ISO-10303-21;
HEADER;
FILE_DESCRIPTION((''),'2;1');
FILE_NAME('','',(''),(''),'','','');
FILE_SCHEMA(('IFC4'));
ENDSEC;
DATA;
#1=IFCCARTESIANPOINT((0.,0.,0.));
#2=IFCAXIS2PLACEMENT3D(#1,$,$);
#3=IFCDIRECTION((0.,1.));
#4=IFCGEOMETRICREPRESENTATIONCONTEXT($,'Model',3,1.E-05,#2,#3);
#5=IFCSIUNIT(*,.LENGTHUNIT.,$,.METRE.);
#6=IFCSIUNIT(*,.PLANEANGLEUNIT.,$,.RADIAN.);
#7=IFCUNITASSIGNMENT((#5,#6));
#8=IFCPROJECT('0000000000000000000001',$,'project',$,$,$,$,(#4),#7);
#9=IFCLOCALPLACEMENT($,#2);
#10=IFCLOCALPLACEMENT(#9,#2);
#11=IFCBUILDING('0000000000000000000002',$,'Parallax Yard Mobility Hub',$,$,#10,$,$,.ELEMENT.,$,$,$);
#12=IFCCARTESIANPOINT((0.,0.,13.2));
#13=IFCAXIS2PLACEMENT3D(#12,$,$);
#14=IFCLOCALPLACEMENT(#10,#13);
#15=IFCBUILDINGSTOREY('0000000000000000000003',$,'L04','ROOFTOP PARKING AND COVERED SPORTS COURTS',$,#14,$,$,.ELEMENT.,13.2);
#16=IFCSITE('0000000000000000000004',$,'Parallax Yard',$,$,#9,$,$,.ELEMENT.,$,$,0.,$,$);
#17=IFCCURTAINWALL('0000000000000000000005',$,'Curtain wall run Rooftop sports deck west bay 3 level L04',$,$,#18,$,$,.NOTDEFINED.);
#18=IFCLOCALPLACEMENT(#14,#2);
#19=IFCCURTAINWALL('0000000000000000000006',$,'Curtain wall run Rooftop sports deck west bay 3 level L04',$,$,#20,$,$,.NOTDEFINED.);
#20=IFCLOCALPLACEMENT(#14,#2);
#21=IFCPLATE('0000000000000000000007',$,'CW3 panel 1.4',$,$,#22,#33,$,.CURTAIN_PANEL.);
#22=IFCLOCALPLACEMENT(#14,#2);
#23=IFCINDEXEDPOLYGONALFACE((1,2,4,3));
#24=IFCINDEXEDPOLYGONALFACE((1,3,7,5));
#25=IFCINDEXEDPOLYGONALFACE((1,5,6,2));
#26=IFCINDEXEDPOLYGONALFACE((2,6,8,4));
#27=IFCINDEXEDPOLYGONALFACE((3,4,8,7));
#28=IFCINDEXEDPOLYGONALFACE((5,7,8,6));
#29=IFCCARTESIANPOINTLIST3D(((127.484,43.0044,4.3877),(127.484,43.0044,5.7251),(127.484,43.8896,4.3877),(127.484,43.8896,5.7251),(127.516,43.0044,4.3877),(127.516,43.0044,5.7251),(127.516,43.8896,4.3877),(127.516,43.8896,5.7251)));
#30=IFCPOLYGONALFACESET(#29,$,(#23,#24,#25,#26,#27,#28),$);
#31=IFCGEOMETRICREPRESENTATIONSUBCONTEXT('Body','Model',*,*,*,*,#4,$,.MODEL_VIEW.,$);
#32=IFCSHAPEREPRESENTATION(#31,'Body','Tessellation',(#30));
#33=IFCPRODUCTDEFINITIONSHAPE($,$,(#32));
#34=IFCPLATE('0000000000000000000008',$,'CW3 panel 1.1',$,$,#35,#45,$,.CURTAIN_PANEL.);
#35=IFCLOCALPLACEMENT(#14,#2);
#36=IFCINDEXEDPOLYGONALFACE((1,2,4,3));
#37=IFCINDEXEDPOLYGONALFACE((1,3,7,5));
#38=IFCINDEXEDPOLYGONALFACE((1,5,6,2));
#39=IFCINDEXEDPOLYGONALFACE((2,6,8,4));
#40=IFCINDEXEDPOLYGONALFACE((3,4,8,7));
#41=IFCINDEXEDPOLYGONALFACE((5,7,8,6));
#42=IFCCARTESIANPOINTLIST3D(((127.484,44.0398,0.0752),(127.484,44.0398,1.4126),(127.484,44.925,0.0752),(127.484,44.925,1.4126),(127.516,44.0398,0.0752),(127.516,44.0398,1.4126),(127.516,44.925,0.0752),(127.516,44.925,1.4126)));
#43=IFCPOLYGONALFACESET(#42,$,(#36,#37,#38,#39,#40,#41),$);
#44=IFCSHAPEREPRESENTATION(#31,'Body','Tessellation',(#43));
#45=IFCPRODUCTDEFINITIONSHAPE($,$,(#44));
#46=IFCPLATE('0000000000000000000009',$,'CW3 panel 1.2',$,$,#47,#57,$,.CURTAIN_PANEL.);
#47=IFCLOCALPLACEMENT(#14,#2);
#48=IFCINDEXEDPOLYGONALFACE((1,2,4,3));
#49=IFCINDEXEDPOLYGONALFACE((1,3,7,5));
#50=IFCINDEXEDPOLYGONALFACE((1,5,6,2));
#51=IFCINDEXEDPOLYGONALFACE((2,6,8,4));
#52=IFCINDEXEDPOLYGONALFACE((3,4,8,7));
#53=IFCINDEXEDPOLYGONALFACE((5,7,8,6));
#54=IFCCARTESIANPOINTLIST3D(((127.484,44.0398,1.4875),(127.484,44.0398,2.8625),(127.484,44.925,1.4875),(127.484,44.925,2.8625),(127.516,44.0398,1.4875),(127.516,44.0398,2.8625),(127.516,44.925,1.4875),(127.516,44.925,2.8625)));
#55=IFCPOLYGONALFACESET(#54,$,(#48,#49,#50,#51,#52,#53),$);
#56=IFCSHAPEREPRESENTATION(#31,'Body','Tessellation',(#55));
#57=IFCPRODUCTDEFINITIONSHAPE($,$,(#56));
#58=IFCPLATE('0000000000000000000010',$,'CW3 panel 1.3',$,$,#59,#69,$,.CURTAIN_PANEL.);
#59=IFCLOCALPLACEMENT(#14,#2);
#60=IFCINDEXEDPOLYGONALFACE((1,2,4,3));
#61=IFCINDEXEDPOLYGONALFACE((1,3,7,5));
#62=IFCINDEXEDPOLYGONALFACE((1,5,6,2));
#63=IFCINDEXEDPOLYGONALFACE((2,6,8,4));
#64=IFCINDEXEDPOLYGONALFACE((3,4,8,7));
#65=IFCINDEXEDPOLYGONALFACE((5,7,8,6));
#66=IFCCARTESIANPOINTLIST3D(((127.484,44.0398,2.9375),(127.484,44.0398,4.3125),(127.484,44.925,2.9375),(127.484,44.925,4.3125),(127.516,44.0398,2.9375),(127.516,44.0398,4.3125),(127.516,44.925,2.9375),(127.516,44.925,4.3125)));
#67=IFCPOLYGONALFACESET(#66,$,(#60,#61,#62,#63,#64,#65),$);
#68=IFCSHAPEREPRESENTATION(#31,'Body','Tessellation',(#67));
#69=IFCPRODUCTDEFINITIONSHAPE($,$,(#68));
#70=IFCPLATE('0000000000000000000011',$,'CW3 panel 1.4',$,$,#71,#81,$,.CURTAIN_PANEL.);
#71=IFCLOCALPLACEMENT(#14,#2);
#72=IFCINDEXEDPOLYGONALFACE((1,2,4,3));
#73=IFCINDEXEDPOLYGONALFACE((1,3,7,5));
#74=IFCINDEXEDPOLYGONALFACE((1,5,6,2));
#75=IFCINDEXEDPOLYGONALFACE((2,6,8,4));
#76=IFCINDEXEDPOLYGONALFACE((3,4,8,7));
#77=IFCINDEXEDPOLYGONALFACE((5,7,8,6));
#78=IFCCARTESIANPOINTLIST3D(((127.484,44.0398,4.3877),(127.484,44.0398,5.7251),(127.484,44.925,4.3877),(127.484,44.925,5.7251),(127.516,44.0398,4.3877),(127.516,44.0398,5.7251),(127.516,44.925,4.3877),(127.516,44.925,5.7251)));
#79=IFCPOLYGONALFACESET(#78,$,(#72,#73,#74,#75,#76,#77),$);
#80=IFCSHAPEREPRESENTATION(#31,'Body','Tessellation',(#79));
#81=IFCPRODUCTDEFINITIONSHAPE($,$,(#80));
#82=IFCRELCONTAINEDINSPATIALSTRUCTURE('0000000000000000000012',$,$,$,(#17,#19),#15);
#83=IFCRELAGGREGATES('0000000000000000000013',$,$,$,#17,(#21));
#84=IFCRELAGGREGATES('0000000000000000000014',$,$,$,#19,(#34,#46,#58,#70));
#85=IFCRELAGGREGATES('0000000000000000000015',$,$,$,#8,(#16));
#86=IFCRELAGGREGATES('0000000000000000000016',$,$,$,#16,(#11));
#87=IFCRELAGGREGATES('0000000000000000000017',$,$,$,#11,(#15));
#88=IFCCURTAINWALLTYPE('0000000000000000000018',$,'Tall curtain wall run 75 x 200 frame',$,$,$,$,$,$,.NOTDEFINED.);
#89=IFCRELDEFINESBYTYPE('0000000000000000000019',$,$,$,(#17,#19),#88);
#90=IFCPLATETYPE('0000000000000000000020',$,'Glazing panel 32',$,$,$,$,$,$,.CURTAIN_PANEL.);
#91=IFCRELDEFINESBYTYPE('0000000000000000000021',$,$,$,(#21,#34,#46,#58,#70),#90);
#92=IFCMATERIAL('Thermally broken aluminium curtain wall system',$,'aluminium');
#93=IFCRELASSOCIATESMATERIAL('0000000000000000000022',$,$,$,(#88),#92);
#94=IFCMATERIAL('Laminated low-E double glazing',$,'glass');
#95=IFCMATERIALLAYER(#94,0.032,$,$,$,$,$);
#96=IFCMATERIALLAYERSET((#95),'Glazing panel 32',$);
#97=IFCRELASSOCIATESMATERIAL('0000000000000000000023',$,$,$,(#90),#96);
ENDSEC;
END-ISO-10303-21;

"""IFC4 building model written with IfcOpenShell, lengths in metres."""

from ifc_helpers import new_model, si_unit, direction, frame, origin, origin_2d, place, context, subcontext, project, spatial, rectangle, extrude, material, layer, layer_set, type_object, element, aggregate, save


model = new_model("IFC4")

# Units and contexts
model_context = context("Model", 3, precision=1e-05, world=origin(), true_north=direction((0.0, 1.0)))
body_context = subcontext(model_context, "Body", "Model", "MODEL_VIEW")
ifc_project = project(units=[si_unit("LENGTHUNIT", "METRE"), si_unit("PLANEANGLEUNIT", "RADIAN")], contexts=[model_context])

# Site, building, storey
site_placement = place(None, origin())
site = spatial("IfcSite", under=ifc_project, at=site_placement, Name="Parallax Yard", CompositionType="ELEMENT", RefElevation=0.0)
building_placement = place(site_placement, origin())
building = spatial("IfcBuilding", under=site, at=building_placement, Name="Parallax Yard Mobility Hub", CompositionType="ELEMENT")
storey_placement = place(building_placement, frame((0.0, 0.0, 13.2)))
storey = spatial("IfcBuildingStorey", under=building, at=storey_placement, Name="L04", Description="ROOFTOP PARKING AND COVERED SPORTS COURTS", CompositionType="ELEMENT", Elevation=13.2)

# Shared definitions
ifc_material_1 = material(Name="Thermally broken aluminium curtain wall system", Category="aluminium")

# Curtain walls
curtain_wall_type_1 = type_object("IfcCurtainWallType", Name="Tall curtain wall run 75 x 200 frame", PredefinedType="NOTDEFINED", material=ifc_material_1)
curtain_wall_1_placement = place(storey_placement, origin())
curtain_wall_1 = element("IfcCurtainWall", 1, at=curtain_wall_1_placement, inside=storey, type_object=curtain_wall_type_1, Name="Curtain wall run Rooftop sports deck west bay 3 level L04", PredefinedType="NOTDEFINED")
curtain_wall_2_placement = place(storey_placement, origin())
curtain_wall_2 = element("IfcCurtainWall", 2, at=curtain_wall_2_placement, inside=storey, type_object=curtain_wall_type_1, Name="Curtain wall run Rooftop sports deck west bay 3 level L04", PredefinedType="NOTDEFINED")

# Plates
ifc_material_2 = material(Name="Laminated low-E double glazing", Category="glass")
ifc_layer_1 = layer(ifc_material_2, 0.032)
ifc_layer_set_1 = layer_set([ifc_layer_1], Name="Glazing panel 32")
plate_type_1 = type_object("IfcPlateType", Name="Glazing panel 32", PredefinedType="CURTAIN_PANEL", material=ifc_layer_set_1)
plate_1_placement = place(storey_placement, frame((127.5, 43.447, 4.3877), z_axis=(0.0, 0.0, 1.0), x_axis=(0.0, 1.0, 0.0)))
plate_1 = element("IfcPlate", 3, at=plate_1_placement, type_object=plate_type_1, Name="CW3 panel 1.4", PredefinedType="CURTAIN_PANEL", context=body_context, shape_type="SweptSolid", body=[
    extrude(rectangle(XDim=0.8853, YDim=0.032, at=origin_2d()), origin(), (0.0, 0.0, 1.0), 1.3374),
])
aggregate(curtain_wall_1, [plate_1])
plate_2_placement = place(storey_placement, frame((127.5, 44.4824, 0.0752), z_axis=(0.0, 0.0, 1.0), x_axis=(0.0, 1.0, 0.0)))
plate_2 = element("IfcPlate", 4, at=plate_2_placement, type_object=plate_type_1, Name="CW3 panel 1.1", PredefinedType="CURTAIN_PANEL", context=body_context, shape_type="SweptSolid", body=[
    extrude(rectangle(XDim=0.8853, YDim=0.032, at=origin_2d()), origin(), (0.0, 0.0, 1.0), 1.3374),
])
plate_3_placement = place(storey_placement, frame((127.5, 44.4824, 1.4875), z_axis=(0.0, 0.0, 1.0), x_axis=(0.0, 1.0, 0.0)))
plate_3 = element("IfcPlate", 5, at=plate_3_placement, type_object=plate_type_1, Name="CW3 panel 1.2", PredefinedType="CURTAIN_PANEL", context=body_context, shape_type="SweptSolid", body=[
    extrude(rectangle(XDim=0.8853, YDim=0.032, at=origin_2d()), origin(), (0.0, 0.0, 1.0), 1.375),
])
plate_4_placement = place(storey_placement, frame((127.5, 44.4824, 2.9375), z_axis=(0.0, 0.0, 1.0), x_axis=(0.0, 1.0, 0.0)))
plate_4 = element("IfcPlate", 6, at=plate_4_placement, type_object=plate_type_1, Name="CW3 panel 1.3", PredefinedType="CURTAIN_PANEL", context=body_context, shape_type="SweptSolid", body=[
    extrude(rectangle(XDim=0.8853, YDim=0.032, at=origin_2d()), origin(), (0.0, 0.0, 1.0), 1.375),
])
plate_5_placement = place(storey_placement, frame((127.5, 44.4824, 4.3877), z_axis=(0.0, 0.0, 1.0), x_axis=(0.0, 1.0, 0.0)))
plate_5 = element("IfcPlate", 7, at=plate_5_placement, type_object=plate_type_1, Name="CW3 panel 1.4", PredefinedType="CURTAIN_PANEL", context=body_context, shape_type="SweptSolid", body=[
    extrude(rectangle(XDim=0.8853, YDim=0.032, at=origin_2d()), origin(), (0.0, 0.0, 1.0), 1.3374),
])
aggregate(curtain_wall_2, [plate_2, plate_3, plate_4, plate_5])

save(model, "model.ifc")
